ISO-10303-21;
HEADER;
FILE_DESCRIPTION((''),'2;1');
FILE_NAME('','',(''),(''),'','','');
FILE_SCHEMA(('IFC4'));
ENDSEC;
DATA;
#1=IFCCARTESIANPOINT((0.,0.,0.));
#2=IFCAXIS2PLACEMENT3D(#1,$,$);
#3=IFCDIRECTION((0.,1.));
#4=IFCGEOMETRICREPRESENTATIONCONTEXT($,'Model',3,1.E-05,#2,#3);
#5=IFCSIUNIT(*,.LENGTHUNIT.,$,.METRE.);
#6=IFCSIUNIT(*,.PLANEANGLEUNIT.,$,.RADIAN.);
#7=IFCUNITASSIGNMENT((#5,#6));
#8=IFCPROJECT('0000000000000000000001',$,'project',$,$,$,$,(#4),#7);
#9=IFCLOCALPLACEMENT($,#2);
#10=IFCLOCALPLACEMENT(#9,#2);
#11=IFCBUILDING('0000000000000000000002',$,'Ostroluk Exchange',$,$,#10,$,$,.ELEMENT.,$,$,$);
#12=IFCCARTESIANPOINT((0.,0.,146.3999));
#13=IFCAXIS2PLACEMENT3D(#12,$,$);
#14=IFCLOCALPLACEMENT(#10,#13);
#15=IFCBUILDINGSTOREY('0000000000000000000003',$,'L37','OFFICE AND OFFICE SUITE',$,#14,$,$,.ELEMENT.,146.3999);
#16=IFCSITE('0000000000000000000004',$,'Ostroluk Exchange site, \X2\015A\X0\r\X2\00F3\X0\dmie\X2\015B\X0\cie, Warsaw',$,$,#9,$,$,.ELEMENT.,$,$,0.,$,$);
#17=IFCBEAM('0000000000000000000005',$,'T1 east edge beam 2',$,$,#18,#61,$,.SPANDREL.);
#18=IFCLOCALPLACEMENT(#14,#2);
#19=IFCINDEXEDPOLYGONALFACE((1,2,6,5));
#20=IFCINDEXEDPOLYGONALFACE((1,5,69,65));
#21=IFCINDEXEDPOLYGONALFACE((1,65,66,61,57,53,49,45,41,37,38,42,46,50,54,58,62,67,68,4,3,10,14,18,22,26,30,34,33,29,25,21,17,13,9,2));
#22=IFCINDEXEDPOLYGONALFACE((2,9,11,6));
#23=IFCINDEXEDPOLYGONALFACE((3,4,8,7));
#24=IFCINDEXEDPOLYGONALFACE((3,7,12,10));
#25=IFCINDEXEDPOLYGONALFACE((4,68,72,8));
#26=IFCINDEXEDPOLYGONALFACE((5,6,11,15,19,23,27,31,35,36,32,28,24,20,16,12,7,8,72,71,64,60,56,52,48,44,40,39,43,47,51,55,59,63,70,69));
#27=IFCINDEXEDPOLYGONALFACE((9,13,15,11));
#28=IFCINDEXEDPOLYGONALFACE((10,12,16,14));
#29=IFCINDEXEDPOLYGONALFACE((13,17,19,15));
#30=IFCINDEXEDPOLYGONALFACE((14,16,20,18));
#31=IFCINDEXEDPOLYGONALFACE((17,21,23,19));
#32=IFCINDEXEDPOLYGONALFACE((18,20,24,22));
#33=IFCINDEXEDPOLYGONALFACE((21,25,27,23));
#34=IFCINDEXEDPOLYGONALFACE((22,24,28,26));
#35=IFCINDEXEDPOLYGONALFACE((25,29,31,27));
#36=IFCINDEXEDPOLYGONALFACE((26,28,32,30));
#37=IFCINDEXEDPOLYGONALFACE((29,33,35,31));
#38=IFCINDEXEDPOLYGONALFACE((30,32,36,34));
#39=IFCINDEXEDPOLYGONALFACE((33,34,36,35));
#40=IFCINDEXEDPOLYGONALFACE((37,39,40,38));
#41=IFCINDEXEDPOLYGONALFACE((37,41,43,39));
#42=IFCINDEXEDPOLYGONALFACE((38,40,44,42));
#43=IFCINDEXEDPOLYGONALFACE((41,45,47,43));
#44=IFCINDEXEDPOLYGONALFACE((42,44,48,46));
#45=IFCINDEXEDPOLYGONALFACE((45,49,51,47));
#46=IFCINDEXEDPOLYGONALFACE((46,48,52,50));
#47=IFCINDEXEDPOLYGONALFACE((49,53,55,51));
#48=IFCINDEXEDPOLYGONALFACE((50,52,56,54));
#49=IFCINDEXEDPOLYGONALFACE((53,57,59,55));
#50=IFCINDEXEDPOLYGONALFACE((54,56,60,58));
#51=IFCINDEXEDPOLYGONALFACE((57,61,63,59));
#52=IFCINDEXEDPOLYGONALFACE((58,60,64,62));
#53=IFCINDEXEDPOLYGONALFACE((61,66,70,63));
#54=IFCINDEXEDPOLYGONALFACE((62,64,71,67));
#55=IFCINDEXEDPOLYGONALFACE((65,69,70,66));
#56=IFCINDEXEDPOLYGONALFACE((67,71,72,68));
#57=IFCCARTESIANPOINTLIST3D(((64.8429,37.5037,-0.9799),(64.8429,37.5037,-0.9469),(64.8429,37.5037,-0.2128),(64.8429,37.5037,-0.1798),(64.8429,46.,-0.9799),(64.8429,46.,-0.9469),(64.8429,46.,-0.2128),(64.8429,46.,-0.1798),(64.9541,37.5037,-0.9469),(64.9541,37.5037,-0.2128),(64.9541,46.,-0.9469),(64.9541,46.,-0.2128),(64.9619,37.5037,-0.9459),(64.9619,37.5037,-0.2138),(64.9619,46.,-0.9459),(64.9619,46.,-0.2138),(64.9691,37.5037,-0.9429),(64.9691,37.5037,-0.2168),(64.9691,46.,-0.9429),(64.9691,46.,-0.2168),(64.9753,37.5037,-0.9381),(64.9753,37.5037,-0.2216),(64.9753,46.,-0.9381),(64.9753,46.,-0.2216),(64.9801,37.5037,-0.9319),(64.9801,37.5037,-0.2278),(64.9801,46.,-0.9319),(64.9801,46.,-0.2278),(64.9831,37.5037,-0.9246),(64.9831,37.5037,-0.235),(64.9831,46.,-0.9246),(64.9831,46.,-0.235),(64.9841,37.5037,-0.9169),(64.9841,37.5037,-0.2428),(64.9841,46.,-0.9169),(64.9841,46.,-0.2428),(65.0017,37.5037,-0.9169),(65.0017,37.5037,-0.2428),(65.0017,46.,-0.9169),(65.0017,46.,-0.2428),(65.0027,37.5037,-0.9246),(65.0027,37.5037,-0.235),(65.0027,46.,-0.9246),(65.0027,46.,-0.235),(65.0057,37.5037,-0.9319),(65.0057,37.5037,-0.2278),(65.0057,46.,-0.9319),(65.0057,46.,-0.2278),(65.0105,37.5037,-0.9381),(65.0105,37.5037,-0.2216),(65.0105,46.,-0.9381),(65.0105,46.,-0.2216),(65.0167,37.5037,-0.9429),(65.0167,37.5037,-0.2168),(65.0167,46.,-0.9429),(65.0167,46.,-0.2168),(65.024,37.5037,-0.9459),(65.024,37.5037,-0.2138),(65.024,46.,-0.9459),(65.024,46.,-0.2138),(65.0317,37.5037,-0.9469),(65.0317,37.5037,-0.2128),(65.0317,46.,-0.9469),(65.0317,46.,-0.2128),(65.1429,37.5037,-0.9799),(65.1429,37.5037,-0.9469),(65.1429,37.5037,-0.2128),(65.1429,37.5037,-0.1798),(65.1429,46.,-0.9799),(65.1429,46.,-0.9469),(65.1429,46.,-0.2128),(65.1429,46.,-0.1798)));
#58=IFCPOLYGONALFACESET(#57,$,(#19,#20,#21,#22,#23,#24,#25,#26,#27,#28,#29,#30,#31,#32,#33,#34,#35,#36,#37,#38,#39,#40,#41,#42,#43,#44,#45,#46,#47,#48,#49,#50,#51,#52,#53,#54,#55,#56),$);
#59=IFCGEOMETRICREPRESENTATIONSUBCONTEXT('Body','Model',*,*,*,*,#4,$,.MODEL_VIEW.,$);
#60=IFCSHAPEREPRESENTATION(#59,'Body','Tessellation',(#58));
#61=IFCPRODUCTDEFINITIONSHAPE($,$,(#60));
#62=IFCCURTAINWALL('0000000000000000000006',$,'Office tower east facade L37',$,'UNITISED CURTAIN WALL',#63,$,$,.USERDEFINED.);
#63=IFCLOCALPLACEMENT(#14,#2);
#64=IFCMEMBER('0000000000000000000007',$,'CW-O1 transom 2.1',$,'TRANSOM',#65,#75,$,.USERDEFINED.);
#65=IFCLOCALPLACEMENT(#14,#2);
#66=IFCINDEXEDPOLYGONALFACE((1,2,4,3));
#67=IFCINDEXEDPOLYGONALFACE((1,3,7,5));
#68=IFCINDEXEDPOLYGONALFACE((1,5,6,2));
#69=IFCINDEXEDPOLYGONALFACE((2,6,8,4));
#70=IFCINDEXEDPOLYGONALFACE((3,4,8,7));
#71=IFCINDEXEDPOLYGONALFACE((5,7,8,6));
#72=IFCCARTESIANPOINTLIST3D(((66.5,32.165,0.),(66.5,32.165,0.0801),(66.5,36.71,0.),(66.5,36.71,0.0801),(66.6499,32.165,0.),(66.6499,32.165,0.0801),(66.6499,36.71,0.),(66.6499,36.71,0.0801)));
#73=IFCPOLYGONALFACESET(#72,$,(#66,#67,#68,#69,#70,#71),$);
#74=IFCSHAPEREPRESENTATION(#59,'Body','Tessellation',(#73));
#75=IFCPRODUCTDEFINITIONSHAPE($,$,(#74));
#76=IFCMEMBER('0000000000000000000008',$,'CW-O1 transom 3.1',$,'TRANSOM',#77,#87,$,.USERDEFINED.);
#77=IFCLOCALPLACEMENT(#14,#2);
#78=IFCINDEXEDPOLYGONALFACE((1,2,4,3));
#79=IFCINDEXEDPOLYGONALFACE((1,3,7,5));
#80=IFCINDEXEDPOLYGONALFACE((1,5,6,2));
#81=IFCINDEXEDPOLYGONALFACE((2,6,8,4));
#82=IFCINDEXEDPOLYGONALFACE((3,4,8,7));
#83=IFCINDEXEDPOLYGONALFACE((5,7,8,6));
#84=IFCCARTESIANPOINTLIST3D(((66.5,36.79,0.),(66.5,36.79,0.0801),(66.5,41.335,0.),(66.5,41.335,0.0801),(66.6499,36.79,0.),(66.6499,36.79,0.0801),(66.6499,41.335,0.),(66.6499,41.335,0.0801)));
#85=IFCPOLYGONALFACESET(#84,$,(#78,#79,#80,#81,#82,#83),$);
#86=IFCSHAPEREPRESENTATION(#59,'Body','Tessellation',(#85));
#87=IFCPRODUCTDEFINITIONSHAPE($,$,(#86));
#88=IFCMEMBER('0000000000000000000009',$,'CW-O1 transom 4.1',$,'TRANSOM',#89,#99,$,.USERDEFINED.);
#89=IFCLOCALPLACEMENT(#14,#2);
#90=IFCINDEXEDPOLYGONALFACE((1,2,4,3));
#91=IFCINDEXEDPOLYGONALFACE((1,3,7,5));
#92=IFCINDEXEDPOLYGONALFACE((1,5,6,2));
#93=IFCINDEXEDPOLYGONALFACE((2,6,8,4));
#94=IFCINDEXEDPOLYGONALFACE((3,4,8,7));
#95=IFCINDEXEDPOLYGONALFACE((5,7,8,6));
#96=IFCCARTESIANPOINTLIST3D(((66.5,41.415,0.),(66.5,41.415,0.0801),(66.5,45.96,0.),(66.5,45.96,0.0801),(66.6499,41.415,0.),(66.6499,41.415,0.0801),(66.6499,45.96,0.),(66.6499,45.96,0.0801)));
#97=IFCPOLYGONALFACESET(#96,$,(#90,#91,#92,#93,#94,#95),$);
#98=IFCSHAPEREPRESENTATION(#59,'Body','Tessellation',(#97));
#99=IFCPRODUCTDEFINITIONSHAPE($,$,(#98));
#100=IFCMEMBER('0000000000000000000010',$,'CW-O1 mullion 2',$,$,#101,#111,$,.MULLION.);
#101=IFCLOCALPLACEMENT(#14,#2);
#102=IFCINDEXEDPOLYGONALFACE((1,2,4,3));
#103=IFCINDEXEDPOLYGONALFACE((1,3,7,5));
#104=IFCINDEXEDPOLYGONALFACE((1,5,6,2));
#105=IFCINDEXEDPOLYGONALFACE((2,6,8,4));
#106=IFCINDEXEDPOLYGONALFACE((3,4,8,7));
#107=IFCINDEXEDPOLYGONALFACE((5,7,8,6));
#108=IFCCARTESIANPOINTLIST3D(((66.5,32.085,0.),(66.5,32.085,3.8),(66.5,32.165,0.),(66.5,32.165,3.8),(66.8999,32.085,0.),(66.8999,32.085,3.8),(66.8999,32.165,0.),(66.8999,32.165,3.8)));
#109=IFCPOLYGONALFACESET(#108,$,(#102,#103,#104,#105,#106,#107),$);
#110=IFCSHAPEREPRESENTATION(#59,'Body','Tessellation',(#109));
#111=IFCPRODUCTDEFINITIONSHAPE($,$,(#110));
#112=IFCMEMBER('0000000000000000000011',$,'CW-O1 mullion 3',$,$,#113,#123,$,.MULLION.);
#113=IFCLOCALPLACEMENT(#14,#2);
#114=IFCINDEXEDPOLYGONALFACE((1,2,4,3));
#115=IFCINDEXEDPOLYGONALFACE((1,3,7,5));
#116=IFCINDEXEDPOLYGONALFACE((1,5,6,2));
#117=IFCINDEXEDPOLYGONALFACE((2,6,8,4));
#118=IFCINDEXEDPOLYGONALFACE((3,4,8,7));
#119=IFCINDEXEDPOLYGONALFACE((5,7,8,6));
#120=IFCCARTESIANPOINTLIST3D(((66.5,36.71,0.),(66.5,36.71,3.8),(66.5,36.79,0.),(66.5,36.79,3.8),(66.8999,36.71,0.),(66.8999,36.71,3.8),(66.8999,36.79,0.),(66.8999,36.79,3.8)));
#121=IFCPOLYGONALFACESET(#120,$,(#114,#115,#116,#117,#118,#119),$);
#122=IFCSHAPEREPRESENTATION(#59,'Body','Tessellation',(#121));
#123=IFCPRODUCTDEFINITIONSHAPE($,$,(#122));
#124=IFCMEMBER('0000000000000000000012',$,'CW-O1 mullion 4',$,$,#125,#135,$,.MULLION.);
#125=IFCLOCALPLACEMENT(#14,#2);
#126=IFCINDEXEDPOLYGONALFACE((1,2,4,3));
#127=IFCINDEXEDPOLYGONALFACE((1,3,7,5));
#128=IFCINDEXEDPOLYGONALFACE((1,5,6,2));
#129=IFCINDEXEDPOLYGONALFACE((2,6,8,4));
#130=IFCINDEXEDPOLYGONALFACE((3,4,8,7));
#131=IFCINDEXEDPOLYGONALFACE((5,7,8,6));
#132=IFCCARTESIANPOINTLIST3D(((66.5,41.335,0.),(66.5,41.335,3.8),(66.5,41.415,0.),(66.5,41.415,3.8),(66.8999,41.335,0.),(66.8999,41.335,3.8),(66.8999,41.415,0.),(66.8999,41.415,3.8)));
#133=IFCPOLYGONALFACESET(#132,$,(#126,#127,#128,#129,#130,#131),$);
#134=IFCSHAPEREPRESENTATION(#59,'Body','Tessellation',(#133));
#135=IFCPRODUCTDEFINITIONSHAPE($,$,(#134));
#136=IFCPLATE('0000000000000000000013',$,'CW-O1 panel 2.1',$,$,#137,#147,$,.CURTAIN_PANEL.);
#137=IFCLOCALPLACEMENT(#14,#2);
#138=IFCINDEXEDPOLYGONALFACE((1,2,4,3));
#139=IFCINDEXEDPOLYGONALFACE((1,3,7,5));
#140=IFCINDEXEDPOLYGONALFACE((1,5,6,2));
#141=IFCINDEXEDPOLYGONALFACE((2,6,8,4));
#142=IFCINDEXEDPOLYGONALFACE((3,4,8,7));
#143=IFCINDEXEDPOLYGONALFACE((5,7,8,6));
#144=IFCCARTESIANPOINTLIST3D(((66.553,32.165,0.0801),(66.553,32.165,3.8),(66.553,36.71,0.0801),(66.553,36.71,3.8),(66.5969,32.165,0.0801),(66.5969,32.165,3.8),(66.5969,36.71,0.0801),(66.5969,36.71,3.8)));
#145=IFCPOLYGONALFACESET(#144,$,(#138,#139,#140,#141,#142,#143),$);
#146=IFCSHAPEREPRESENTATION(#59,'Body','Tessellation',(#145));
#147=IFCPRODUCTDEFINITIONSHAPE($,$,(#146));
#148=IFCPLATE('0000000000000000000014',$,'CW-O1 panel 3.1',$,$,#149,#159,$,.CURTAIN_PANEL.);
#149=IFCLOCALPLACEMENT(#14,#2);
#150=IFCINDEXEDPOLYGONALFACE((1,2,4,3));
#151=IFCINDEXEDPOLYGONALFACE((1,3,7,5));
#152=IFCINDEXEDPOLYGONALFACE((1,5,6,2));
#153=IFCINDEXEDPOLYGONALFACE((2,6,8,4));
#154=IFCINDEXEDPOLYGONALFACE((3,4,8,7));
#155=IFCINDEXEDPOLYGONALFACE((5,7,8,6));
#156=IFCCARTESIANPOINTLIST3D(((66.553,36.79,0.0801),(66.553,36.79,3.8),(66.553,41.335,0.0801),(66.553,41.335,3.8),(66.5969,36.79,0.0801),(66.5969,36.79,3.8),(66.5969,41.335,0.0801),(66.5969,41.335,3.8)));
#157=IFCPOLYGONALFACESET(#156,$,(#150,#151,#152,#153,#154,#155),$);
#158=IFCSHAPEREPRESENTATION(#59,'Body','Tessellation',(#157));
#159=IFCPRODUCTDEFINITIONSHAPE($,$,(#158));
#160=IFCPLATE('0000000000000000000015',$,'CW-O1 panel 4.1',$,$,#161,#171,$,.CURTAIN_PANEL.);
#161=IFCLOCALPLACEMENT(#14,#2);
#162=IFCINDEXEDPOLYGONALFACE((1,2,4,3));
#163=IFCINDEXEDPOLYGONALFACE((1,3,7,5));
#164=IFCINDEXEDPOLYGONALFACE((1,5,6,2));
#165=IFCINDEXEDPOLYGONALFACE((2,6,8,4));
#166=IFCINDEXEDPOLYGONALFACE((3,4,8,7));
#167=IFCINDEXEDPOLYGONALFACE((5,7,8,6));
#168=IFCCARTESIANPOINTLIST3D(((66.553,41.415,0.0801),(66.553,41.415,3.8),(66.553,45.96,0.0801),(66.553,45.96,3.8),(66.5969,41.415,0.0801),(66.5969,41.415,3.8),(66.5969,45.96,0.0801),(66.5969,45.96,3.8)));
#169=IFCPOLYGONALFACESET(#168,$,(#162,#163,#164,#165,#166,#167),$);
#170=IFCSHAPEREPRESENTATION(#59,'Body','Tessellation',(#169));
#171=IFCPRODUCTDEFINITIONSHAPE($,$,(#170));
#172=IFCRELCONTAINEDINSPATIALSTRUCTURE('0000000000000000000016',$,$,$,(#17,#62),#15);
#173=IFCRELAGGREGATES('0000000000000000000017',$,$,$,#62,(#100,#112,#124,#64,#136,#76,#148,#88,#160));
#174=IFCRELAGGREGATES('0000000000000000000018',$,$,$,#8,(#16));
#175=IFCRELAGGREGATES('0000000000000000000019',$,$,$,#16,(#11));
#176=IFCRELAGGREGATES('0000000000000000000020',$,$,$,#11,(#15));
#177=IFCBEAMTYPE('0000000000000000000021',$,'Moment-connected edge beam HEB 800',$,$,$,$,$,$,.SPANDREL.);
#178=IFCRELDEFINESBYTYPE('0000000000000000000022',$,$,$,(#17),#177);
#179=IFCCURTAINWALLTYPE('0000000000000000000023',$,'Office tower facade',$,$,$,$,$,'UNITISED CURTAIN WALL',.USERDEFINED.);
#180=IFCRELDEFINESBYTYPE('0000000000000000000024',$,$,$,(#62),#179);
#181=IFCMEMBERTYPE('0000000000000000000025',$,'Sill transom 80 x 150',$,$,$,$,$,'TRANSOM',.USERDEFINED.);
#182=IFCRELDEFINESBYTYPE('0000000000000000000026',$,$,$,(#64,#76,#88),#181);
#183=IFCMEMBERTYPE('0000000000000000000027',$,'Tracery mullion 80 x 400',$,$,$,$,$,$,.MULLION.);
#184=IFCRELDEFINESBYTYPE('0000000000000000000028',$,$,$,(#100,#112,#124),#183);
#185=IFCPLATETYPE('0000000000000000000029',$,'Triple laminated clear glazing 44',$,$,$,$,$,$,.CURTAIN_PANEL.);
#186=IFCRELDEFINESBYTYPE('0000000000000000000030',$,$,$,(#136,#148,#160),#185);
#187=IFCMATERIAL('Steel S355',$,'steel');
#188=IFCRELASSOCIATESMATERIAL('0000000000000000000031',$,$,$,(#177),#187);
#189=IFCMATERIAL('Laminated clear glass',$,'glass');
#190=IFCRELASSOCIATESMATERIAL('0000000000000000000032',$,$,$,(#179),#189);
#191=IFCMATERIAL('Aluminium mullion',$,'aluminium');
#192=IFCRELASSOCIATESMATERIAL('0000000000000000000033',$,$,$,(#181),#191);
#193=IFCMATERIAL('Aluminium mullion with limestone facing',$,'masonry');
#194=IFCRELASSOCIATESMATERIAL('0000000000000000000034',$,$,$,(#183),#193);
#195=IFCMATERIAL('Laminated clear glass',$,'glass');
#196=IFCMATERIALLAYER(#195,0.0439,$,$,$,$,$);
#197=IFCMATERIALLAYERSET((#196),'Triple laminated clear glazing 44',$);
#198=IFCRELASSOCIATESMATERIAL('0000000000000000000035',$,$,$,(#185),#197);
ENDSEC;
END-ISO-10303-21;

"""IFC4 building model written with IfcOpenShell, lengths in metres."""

from ifc_helpers import new_model, si_unit, direction, frame, origin, origin_2d, place, context, subcontext, project, spatial, rectangle, i_section, extrude, material, layer, layer_set, material_profile, profile_set, type_object, element, aggregate, save


model = new_model("IFC4")

# Units and contexts
model_context = context("Model", 3, precision=1e-05, world=origin(), true_north=direction((0.0, 1.0)))
body_context = subcontext(model_context, "Body", "Model", "MODEL_VIEW")
ifc_project = project(units=[si_unit("LENGTHUNIT", "METRE"), si_unit("PLANEANGLEUNIT", "RADIAN")], contexts=[model_context])

# Site, building, storey
site_placement = place(None, origin())
site = spatial("IfcSite", under=ifc_project, at=site_placement, Name="Ostroluk Exchange site, Śródmieście, Warsaw", CompositionType="ELEMENT", RefElevation=0.0)
building_placement = place(site_placement, origin())
building = spatial("IfcBuilding", under=site, at=building_placement, Name="Ostroluk Exchange", CompositionType="ELEMENT")
storey_placement = place(building_placement, frame((0.0, 0.0, 146.3999)))
storey = spatial("IfcBuildingStorey", under=building, at=storey_placement, Name="L37", Description="OFFICE AND OFFICE SUITE", CompositionType="ELEMENT", Elevation=146.3999)

# Beam
ifc_material_1 = material(Name="Steel S355", Category="steel")
ifc_material_profile_1 = material_profile(ifc_material_1, i_section(OverallWidth=0.3, OverallDepth=0.8, WebThickness=0.0176, FlangeThickness=0.033, FilletRadius=0.03, at=origin_2d()), Name="HEB 800")
ifc_profile_set_1 = profile_set([ifc_material_profile_1], Name="Steel S355")
beam_type_1 = type_object("IfcBeamType", Name="Moment-connected edge beam HEB 800", PredefinedType="SPANDREL", material=ifc_profile_set_1)
beam_1_placement = place(storey_placement, frame((64.9929, 37.5037, -0.5798), z_axis=(0.0, 1.0, 0.0), x_axis=(-1.0, 0.0, 0.0)))
element("IfcBeam", 1, at=beam_1_placement, inside=storey, type_object=beam_type_1, Name="T1 east edge beam 2", PredefinedType="SPANDREL", context=body_context, shape_type="SweptSolid", body=[
    extrude(i_section(OverallWidth=0.3, OverallDepth=0.8, WebThickness=0.0176, FlangeThickness=0.033, FilletRadius=0.03, at=origin_2d()), origin(), (0.0, 0.0, 1.0), 8.4963),
])

# Curtain wall, members, plates
ifc_material_2 = material(Name="Laminated clear glass", Category="glass")
curtain_wall_type = type_object("IfcCurtainWallType", Name="Office tower facade", ElementType="UNITISED CURTAIN WALL", PredefinedType="USERDEFINED", material=ifc_material_2)
curtain_wall_placement = place(storey_placement, origin())
curtain_wall = element("IfcCurtainWall", 2, at=curtain_wall_placement, inside=storey, type_object=curtain_wall_type, Name="Office tower east facade L37", ObjectType="UNITISED CURTAIN WALL", PredefinedType="USERDEFINED")
ifc_material_3 = material(Name="Aluminium mullion", Category="aluminium")
ifc_material_profile_2 = material_profile(ifc_material_3, rectangle(XDim=0.1499, YDim=0.0801, at=origin_2d()), Name="Sill transom 80 x 150")
ifc_profile_set_2 = profile_set([ifc_material_profile_2], Name="Aluminium mullion")
member_type_1 = type_object("IfcMemberType", Name="Sill transom 80 x 150", ElementType="TRANSOM", PredefinedType="USERDEFINED", material=ifc_profile_set_2)
member_1_placement = place(storey_placement, frame((66.575, 32.165, 0.04), z_axis=(0.0, 1.0, 0.0), x_axis=(-1.0, 0.0, 0.0)))
member_1 = element("IfcMember", 3, at=member_1_placement, type_object=member_type_1, Name="CW-O1 transom 2.1", ObjectType="TRANSOM", PredefinedType="USERDEFINED", context=body_context, shape_type="SweptSolid", body=[
    extrude(rectangle(XDim=0.1499, YDim=0.0801, at=origin_2d()), origin(), (0.0, 0.0, 1.0), 4.5449),
])
member_2_placement = place(storey_placement, frame((66.575, 36.79, 0.04), z_axis=(0.0, 1.0, 0.0), x_axis=(-1.0, 0.0, 0.0)))
member_2 = element("IfcMember", 4, at=member_2_placement, type_object=member_type_1, Name="CW-O1 transom 3.1", ObjectType="TRANSOM", PredefinedType="USERDEFINED", context=body_context, shape_type="SweptSolid", body=[
    extrude(rectangle(XDim=0.1499, YDim=0.0801, at=origin_2d()), origin(), (0.0, 0.0, 1.0), 4.5449),
])
member_3_placement = place(storey_placement, frame((66.575, 41.415, 0.04), z_axis=(0.0, 1.0, 0.0), x_axis=(-1.0, 0.0, 0.0)))
member_3 = element("IfcMember", 5, at=member_3_placement, type_object=member_type_1, Name="CW-O1 transom 4.1", ObjectType="TRANSOM", PredefinedType="USERDEFINED", context=body_context, shape_type="SweptSolid", body=[
    extrude(rectangle(XDim=0.1499, YDim=0.0801, at=origin_2d()), origin(), (0.0, 0.0, 1.0), 4.5449),
])
ifc_material_4 = material(Name="Aluminium mullion with limestone facing", Category="masonry")
ifc_material_profile_3 = material_profile(ifc_material_4, rectangle(XDim=0.3999, YDim=0.0801, at=origin_2d()), Name="Tracery mullion 80 x 400")
ifc_profile_set_3 = profile_set([ifc_material_profile_3], Name="Aluminium mullion with limestone facing")
member_type_2 = type_object("IfcMemberType", Name="Tracery mullion 80 x 400", PredefinedType="MULLION", material=ifc_profile_set_3)
member_4_placement = place(storey_placement, frame((66.7, 32.125, 0.0), z_axis=(0.0, 0.0, 1.0), x_axis=(-1.0, 0.0, 0.0)))
member_4 = element("IfcMember", 6, at=member_4_placement, type_object=member_type_2, Name="CW-O1 mullion 2", PredefinedType="MULLION", context=body_context, shape_type="SweptSolid", body=[
    extrude(rectangle(XDim=0.3999, YDim=0.0801, at=origin_2d()), origin(), (0.0, 0.0, 1.0), 3.8),
])
member_5_placement = place(storey_placement, frame((66.7, 36.75, 0.0), z_axis=(0.0, 0.0, 1.0), x_axis=(-1.0, 0.0, 0.0)))
member_5 = element("IfcMember", 7, at=member_5_placement, type_object=member_type_2, Name="CW-O1 mullion 3", PredefinedType="MULLION", context=body_context, shape_type="SweptSolid", body=[
    extrude(rectangle(XDim=0.3999, YDim=0.0801, at=origin_2d()), origin(), (0.0, 0.0, 1.0), 3.8),
])
member_6_placement = place(storey_placement, frame((66.7, 41.375, 0.0), z_axis=(0.0, 0.0, 1.0), x_axis=(-1.0, 0.0, 0.0)))
member_6 = element("IfcMember", 8, at=member_6_placement, type_object=member_type_2, Name="CW-O1 mullion 4", PredefinedType="MULLION", context=body_context, shape_type="SweptSolid", body=[
    extrude(rectangle(XDim=0.3999, YDim=0.0801, at=origin_2d()), origin(), (0.0, 0.0, 1.0), 3.8),
])
ifc_material_5 = material(Name="Laminated clear glass", Category="glass")
ifc_layer_1 = layer(ifc_material_5, 0.0439)
ifc_layer_set_1 = layer_set([ifc_layer_1], Name="Triple laminated clear glazing 44")
plate_type = type_object("IfcPlateType", Name="Triple laminated clear glazing 44", PredefinedType="CURTAIN_PANEL", material=ifc_layer_set_1)
plate_1_placement = place(storey_placement, frame((66.575, 34.4375, 0.0801), z_axis=(0.0, 0.0, 1.0), x_axis=(0.0, 1.0, 0.0)))
plate_1 = element("IfcPlate", 9, at=plate_1_placement, type_object=plate_type, Name="CW-O1 panel 2.1", PredefinedType="CURTAIN_PANEL", context=body_context, shape_type="SweptSolid", body=[
    extrude(rectangle(XDim=4.5449, YDim=0.0439, at=origin_2d()), origin(), (0.0, 0.0, 1.0), 3.72),
])
plate_2_placement = place(storey_placement, frame((66.575, 39.0625, 0.0801), z_axis=(0.0, 0.0, 1.0), x_axis=(0.0, 1.0, 0.0)))
plate_2 = element("IfcPlate", 10, at=plate_2_placement, type_object=plate_type, Name="CW-O1 panel 3.1", PredefinedType="CURTAIN_PANEL", context=body_context, shape_type="SweptSolid", body=[
    extrude(rectangle(XDim=4.5449, YDim=0.0439, at=origin_2d()), origin(), (0.0, 0.0, 1.0), 3.72),
])
plate_3_placement = place(storey_placement, frame((66.575, 43.6875, 0.0801), z_axis=(0.0, 0.0, 1.0), x_axis=(0.0, 1.0, 0.0)))
plate_3 = element("IfcPlate", 11, at=plate_3_placement, type_object=plate_type, Name="CW-O1 panel 4.1", PredefinedType="CURTAIN_PANEL", context=body_context, shape_type="SweptSolid", body=[
    extrude(rectangle(XDim=4.5449, YDim=0.0439, at=origin_2d()), origin(), (0.0, 0.0, 1.0), 3.72),
])
aggregate(curtain_wall, [member_4, member_5, member_6, member_1, plate_1, member_2, plate_2, member_3, plate_3])

save(model, "model.ifc")
